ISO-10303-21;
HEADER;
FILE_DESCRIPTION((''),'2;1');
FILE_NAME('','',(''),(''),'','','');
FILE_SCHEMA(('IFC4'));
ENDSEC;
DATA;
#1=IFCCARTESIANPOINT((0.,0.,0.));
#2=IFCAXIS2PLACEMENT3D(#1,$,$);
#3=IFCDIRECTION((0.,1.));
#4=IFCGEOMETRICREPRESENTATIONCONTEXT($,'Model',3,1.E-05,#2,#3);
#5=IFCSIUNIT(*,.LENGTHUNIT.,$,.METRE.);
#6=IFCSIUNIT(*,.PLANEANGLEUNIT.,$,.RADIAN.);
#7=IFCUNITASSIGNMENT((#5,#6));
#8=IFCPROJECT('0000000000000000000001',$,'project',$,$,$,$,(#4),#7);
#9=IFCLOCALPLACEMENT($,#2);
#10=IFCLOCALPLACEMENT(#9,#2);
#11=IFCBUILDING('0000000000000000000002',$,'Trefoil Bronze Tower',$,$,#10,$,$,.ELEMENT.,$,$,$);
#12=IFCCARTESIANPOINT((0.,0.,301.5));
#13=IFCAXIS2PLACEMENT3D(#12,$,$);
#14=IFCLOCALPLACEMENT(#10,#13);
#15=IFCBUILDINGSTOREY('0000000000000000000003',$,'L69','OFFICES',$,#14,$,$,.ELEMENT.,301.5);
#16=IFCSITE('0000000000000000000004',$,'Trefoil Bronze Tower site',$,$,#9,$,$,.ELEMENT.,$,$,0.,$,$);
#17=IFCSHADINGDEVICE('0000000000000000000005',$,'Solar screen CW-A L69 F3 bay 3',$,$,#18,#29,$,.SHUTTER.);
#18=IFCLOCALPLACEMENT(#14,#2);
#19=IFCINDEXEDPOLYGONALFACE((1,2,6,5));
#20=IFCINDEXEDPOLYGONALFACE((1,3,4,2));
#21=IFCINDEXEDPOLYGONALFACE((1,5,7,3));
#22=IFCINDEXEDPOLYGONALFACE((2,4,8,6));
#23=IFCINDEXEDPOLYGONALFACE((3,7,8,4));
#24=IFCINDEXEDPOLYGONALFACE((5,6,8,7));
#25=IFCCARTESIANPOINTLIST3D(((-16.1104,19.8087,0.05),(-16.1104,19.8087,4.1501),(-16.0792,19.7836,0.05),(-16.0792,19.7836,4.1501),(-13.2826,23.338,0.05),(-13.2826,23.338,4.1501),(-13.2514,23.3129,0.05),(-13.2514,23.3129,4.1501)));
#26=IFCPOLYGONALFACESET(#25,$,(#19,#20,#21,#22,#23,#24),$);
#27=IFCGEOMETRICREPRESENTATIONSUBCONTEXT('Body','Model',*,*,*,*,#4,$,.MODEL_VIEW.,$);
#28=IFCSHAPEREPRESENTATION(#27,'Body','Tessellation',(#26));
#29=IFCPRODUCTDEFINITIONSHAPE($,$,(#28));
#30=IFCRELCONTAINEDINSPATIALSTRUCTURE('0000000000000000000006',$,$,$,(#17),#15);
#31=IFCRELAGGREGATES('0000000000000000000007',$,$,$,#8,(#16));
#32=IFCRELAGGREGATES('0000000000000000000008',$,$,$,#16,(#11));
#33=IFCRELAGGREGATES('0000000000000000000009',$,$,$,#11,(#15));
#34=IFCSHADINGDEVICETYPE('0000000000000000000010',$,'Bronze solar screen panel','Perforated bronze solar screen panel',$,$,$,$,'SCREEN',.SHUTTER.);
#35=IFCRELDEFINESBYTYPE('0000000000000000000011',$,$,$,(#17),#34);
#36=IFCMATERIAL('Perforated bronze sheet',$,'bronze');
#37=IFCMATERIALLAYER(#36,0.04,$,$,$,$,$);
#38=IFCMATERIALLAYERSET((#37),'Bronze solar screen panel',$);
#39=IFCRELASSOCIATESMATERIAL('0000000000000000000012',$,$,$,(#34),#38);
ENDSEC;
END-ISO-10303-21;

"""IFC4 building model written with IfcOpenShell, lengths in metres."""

from ifc_helpers import new_model, si_unit, direction, frame, origin, origin_2d, place, context, subcontext, project, spatial, rectangle, extrude, material, layer, layer_set, type_object, element, save


model = new_model("IFC4")

# Units and contexts
model_context = context("Model", 3, precision=1e-05, world=origin(), true_north=direction((0.0, 1.0)))
body_context = subcontext(model_context, "Body", "Model", "MODEL_VIEW")
ifc_project = project(units=[si_unit("LENGTHUNIT", "METRE"), si_unit("PLANEANGLEUNIT", "RADIAN")], contexts=[model_context])

# Site, building, storey
site_placement = place(None, origin())
site = spatial("IfcSite", under=ifc_project, at=site_placement, Name="Trefoil Bronze Tower site", CompositionType="ELEMENT", RefElevation=0.0)
building_placement = place(site_placement, origin())
building = spatial("IfcBuilding", under=site, at=building_placement, Name="Trefoil Bronze Tower", CompositionType="ELEMENT")
storey_placement = place(building_placement, frame((0.0, 0.0, 301.5)))
storey = spatial("IfcBuildingStorey", under=building, at=storey_placement, Name="L69", Description="OFFICES", CompositionType="ELEMENT", Elevation=301.5)

# Shading device
ifc_material_1 = material(Name="Perforated bronze sheet", Category="bronze")
ifc_layer_1 = layer(ifc_material_1, 0.04)
ifc_layer_set_1 = layer_set([ifc_layer_1], Name="Bronze solar screen panel")
shading_device_type = type_object("IfcShadingDeviceType", Name="Bronze solar screen panel", Description="Perforated bronze solar screen panel", ElementType="SCREEN", PredefinedType="SHUTTER", material=ifc_layer_set_1)
shading_device_1_placement = place(storey_placement, frame((-14.6809, 21.5608, 0.05), z_axis=(0.0, 0.0, 1.0), x_axis=(-0.625287, -0.780395, 0.0)))
element("IfcShadingDevice", 1, at=shading_device_1_placement, inside=storey, type_object=shading_device_type, Name="Solar screen CW-A L69 F3 bay 3", PredefinedType="SHUTTER", context=body_context, shape_type="SweptSolid", body=[
    extrude(rectangle(XDim=4.5225, YDim=0.04, at=origin_2d()), origin(), (0.0, 0.0, 1.0), 4.1001),
])

save(model, "model.ifc")
